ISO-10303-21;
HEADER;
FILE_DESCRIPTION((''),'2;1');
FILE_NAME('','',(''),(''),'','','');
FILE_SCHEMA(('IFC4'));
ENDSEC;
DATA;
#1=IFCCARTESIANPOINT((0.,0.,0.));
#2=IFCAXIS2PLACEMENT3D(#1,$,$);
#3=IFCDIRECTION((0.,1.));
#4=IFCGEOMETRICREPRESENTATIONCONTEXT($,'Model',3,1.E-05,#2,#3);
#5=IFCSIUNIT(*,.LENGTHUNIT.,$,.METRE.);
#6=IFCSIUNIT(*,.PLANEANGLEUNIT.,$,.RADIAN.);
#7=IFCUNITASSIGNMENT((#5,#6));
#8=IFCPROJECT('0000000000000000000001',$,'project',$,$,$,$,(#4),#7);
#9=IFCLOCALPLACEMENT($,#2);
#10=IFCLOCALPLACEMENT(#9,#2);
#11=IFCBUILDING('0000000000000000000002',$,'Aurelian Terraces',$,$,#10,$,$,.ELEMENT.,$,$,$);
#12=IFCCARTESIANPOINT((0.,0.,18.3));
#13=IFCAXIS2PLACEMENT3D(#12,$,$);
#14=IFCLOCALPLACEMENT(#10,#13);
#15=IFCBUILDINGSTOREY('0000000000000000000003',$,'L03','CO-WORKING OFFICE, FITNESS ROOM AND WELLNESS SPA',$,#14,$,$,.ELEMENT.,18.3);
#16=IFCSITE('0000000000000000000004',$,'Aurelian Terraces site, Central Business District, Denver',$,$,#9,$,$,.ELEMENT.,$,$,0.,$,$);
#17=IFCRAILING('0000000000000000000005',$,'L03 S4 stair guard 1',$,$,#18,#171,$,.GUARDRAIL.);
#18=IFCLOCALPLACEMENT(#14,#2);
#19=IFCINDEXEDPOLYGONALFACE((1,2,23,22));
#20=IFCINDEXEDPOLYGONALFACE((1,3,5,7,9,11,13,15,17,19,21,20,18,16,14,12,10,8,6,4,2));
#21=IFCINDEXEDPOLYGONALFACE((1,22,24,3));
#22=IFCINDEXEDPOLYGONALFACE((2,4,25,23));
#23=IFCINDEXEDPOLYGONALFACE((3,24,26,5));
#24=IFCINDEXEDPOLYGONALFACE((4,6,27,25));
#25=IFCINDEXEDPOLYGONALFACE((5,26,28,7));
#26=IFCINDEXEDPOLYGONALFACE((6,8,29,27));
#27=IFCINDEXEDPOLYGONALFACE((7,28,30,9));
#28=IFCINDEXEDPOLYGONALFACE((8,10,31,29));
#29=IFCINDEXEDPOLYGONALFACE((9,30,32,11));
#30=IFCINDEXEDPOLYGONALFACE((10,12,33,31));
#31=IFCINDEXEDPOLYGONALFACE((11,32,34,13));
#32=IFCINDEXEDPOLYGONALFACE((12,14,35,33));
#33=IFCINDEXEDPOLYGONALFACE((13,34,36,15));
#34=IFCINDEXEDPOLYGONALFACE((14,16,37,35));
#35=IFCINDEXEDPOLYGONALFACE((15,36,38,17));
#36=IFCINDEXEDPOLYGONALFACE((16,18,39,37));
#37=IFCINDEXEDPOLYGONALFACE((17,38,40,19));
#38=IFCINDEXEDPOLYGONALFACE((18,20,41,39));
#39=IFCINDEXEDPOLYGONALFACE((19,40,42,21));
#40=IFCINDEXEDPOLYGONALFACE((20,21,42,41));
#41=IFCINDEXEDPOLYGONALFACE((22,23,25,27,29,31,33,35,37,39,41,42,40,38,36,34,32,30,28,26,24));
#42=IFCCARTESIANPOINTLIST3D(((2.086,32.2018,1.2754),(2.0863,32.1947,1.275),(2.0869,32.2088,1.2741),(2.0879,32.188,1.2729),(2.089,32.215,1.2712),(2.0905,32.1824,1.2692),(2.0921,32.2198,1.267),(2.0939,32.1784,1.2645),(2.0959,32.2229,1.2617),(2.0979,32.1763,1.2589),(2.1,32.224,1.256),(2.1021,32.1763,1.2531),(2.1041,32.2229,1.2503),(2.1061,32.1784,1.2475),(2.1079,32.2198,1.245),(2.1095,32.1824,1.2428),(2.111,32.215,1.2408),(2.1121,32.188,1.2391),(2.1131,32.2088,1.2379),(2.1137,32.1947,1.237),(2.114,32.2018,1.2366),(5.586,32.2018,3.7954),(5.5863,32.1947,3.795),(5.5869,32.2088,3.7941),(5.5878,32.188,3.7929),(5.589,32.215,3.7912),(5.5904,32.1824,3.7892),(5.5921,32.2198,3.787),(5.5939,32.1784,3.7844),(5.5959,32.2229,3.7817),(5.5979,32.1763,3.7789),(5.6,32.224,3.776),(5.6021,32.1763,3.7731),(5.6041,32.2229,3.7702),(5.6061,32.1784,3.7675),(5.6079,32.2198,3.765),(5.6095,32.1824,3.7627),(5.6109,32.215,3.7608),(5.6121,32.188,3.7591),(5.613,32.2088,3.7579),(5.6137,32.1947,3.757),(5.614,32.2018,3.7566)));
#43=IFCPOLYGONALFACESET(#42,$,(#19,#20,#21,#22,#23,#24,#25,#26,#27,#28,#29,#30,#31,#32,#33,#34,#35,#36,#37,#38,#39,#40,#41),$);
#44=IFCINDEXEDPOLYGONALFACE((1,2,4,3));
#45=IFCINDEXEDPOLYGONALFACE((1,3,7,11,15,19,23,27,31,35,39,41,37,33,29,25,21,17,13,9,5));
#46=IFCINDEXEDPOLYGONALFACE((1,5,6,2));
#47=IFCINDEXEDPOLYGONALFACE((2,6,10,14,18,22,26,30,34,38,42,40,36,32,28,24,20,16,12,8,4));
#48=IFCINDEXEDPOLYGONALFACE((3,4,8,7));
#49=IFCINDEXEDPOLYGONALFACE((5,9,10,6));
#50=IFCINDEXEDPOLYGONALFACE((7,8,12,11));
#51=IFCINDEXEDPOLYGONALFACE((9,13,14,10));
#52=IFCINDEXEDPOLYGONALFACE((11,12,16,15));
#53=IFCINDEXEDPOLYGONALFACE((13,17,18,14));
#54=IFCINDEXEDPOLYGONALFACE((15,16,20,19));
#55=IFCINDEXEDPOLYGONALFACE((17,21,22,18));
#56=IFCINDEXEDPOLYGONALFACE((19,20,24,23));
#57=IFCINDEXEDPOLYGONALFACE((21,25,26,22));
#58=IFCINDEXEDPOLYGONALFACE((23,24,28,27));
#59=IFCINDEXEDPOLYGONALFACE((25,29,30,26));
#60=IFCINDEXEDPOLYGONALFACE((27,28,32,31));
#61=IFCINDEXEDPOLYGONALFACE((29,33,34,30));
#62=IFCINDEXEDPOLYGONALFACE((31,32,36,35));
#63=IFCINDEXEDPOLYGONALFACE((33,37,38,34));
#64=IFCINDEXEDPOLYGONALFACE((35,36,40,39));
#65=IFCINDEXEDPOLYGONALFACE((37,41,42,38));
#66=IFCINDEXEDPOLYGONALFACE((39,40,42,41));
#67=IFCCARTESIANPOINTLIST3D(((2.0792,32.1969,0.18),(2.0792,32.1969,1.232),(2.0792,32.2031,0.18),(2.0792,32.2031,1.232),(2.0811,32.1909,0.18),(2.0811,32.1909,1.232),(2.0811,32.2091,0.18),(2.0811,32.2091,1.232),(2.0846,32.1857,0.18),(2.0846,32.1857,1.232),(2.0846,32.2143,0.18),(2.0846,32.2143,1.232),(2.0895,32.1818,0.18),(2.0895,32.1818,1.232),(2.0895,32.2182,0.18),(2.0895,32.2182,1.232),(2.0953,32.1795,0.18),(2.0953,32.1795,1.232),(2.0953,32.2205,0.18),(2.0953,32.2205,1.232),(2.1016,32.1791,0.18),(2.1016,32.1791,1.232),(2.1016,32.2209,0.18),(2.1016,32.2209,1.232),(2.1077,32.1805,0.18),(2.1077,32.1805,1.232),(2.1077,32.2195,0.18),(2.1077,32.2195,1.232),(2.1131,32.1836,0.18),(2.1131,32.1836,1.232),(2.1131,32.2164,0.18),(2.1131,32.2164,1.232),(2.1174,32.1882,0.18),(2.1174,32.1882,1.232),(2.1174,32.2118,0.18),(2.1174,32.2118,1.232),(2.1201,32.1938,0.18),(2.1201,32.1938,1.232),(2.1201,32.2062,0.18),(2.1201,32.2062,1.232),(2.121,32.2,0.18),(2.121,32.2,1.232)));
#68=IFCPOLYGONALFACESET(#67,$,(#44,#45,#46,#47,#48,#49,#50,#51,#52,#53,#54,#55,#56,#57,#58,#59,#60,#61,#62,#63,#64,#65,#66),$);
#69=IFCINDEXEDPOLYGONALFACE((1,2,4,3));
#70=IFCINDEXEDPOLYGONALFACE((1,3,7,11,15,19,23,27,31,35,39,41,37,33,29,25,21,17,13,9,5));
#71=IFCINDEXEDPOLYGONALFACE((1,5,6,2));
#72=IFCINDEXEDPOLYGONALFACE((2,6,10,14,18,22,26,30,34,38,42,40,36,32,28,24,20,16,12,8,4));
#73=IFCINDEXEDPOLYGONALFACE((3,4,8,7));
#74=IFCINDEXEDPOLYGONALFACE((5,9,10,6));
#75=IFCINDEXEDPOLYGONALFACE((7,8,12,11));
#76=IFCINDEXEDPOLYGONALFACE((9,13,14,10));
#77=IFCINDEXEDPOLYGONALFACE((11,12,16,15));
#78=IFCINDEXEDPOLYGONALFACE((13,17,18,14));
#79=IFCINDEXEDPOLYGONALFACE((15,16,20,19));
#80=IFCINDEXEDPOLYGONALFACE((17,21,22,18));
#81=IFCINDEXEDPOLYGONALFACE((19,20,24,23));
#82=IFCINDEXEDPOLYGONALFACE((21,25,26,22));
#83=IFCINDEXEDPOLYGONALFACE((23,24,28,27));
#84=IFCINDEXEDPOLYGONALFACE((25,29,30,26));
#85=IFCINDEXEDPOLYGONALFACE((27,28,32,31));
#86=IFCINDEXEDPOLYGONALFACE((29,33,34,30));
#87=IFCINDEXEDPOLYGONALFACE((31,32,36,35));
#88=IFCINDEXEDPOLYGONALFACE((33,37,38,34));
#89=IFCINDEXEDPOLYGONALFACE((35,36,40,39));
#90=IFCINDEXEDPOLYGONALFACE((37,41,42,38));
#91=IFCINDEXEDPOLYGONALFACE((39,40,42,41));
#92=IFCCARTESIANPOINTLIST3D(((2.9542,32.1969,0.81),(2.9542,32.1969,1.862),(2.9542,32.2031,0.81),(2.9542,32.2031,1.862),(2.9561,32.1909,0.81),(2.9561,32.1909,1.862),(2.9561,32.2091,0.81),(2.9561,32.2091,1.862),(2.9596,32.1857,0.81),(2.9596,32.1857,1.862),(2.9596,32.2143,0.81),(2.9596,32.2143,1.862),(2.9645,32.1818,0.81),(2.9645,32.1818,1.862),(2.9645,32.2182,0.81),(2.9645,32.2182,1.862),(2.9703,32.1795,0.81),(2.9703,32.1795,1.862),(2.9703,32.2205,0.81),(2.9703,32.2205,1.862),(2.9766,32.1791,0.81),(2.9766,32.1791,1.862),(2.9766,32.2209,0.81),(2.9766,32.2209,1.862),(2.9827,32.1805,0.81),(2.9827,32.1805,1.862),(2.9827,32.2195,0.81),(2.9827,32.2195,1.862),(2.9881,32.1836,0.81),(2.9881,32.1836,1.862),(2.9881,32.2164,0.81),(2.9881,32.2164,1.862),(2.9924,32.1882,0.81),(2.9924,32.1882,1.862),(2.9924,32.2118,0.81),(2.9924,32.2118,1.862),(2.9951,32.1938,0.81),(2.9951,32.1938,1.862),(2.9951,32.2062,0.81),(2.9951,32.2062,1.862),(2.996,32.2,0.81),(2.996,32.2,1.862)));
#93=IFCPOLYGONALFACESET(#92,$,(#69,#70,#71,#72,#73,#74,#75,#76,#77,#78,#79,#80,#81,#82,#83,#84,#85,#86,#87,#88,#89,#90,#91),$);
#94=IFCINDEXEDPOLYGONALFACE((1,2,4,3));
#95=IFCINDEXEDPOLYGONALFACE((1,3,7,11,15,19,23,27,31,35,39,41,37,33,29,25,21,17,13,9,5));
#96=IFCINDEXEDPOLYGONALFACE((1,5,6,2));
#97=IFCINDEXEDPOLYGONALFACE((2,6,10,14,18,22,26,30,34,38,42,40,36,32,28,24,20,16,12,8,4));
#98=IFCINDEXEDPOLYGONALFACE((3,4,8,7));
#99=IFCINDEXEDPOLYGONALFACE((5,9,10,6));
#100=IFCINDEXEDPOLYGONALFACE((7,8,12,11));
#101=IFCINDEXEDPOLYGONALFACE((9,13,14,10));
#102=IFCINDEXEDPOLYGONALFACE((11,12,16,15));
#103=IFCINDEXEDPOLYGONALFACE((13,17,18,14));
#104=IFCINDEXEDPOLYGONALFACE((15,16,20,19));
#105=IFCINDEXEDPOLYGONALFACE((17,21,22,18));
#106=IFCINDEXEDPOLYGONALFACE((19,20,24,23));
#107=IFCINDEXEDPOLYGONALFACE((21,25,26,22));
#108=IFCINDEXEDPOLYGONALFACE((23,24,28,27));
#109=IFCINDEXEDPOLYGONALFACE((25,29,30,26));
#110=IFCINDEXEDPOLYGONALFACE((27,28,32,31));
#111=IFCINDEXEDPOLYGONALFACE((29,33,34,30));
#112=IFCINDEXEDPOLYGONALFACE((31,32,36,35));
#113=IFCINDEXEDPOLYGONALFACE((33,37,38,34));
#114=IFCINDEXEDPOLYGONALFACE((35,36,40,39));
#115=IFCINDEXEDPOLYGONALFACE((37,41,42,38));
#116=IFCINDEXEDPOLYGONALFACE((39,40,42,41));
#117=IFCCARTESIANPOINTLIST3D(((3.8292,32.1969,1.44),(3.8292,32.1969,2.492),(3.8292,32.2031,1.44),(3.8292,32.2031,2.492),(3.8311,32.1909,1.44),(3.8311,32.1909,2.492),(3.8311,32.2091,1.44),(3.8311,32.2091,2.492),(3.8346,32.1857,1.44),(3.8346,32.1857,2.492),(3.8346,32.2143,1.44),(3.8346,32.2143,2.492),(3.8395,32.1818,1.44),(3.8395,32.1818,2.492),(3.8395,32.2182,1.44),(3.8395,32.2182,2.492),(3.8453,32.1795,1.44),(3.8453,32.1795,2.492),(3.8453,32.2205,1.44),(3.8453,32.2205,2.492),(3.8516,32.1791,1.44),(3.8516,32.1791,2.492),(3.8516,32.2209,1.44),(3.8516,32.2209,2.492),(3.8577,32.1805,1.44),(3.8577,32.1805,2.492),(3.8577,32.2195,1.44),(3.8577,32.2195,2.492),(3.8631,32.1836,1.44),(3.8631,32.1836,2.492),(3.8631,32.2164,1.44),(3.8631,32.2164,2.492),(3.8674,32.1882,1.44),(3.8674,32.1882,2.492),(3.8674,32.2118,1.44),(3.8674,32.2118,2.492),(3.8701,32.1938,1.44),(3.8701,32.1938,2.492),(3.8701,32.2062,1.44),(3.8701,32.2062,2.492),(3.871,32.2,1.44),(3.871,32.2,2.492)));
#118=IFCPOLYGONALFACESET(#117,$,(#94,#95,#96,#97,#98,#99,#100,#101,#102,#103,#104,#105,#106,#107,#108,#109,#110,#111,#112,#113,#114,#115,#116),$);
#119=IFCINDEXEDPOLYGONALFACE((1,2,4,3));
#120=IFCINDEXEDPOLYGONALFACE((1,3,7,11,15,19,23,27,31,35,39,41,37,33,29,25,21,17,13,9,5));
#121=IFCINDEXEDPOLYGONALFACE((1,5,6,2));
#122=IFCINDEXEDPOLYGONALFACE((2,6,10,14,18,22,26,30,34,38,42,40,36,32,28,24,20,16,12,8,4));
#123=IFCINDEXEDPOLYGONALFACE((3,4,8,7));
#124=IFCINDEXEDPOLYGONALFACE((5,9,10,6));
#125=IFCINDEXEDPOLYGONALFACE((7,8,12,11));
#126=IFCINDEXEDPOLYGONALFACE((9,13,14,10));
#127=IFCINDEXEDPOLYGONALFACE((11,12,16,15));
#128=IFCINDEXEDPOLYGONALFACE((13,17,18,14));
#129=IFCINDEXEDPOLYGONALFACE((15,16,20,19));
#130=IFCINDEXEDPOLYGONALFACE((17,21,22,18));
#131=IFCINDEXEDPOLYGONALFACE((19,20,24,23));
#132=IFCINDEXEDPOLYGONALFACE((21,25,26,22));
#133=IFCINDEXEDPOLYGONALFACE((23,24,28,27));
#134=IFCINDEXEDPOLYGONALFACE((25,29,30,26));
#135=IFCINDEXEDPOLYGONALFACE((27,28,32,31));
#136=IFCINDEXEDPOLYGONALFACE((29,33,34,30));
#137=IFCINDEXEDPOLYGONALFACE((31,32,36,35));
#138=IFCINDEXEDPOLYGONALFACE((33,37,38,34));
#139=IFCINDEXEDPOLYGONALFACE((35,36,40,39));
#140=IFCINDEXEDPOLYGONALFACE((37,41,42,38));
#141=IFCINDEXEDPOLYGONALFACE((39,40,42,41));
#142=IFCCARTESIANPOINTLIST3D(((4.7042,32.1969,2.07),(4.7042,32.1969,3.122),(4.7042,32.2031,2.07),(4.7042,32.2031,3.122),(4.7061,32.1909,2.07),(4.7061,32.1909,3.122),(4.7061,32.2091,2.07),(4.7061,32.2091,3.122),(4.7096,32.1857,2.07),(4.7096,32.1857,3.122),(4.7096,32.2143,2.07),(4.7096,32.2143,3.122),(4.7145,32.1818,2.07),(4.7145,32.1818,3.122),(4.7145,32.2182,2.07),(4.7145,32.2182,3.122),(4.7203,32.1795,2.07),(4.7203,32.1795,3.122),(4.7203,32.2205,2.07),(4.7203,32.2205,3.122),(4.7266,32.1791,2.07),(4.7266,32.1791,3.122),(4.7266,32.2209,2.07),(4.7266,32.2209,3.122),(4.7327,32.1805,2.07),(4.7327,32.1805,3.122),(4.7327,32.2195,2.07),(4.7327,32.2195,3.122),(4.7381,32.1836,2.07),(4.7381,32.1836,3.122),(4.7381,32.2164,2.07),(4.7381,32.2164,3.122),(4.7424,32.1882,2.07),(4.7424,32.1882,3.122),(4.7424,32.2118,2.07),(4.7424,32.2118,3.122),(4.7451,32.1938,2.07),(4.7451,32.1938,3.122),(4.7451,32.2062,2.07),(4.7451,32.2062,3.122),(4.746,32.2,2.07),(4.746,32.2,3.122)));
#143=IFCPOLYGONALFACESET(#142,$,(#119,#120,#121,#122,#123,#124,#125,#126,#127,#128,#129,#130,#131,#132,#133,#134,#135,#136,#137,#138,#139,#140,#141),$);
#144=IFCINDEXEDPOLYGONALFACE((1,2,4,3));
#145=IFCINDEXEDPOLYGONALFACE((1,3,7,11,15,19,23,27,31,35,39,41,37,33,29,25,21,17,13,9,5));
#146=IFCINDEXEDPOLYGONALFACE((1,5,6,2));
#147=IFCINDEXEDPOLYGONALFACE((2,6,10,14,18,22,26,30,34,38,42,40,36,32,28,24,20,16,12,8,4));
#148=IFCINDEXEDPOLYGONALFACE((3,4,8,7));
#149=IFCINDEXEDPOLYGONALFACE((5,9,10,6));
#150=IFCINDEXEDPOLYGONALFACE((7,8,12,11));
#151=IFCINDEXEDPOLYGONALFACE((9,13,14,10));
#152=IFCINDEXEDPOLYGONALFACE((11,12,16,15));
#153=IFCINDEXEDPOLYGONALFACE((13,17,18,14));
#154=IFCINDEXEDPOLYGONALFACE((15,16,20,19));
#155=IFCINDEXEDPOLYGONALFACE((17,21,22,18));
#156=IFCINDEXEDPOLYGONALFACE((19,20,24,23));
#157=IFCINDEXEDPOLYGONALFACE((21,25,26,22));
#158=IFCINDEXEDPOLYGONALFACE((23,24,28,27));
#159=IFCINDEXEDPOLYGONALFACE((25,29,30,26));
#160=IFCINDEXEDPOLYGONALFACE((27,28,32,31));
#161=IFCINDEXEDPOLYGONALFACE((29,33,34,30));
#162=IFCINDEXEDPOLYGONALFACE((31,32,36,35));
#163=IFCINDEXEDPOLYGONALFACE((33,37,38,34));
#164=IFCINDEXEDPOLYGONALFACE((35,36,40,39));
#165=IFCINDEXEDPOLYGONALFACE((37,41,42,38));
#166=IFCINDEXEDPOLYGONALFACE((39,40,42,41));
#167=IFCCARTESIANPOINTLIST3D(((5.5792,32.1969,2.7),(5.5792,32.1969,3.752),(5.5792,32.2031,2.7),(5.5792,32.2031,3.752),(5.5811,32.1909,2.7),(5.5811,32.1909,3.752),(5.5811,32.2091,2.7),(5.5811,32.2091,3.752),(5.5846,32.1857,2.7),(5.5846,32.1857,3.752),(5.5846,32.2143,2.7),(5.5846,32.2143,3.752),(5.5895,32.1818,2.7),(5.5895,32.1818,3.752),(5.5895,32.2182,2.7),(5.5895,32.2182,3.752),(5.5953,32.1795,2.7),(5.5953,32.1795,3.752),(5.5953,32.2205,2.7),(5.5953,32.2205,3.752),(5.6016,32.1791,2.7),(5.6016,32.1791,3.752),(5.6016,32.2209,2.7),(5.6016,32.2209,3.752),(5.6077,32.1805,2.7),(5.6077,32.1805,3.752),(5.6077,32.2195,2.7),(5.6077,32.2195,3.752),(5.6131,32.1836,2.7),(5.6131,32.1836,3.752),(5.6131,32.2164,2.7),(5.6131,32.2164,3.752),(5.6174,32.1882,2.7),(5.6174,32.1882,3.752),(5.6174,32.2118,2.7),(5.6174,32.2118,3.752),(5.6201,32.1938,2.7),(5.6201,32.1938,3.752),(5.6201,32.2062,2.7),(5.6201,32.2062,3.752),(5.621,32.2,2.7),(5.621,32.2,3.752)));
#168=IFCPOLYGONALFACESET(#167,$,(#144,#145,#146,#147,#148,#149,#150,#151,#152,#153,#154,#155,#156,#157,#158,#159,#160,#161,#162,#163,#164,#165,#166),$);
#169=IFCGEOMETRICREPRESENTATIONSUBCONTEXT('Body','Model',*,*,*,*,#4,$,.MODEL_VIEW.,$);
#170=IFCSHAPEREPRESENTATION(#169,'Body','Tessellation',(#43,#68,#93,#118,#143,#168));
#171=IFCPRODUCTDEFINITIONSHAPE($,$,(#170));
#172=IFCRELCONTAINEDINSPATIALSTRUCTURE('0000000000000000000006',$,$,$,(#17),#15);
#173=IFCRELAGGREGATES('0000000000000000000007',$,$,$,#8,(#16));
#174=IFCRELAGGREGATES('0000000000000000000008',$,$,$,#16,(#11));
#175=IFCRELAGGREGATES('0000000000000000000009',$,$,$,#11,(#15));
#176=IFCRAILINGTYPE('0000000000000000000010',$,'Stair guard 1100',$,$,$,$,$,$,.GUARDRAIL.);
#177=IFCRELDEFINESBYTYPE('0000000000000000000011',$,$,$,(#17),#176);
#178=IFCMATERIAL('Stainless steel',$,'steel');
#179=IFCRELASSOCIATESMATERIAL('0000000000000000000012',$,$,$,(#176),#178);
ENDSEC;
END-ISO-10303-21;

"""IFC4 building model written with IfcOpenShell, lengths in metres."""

from ifc_helpers import new_model, si_unit, direction, frame, origin, origin_2d, place, context, subcontext, project, spatial, circle, extrude, source, transform, mapped, material, type_object, element, save


model = new_model("IFC4")

# Units and contexts
model_context = context("Model", 3, precision=1e-05, world=origin(), true_north=direction((0.0, 1.0)))
body_context = subcontext(model_context, "Body", "Model", "MODEL_VIEW")
ifc_project = project(units=[si_unit("LENGTHUNIT", "METRE"), si_unit("PLANEANGLEUNIT", "RADIAN")], contexts=[model_context])

# Site, building, storey
site_placement = place(None, origin())
site = spatial("IfcSite", under=ifc_project, at=site_placement, Name="Aurelian Terraces site, Central Business District, Denver", CompositionType="ELEMENT", RefElevation=0.0)
building_placement = place(site_placement, origin())
building = spatial("IfcBuilding", under=site, at=building_placement, Name="Aurelian Terraces", CompositionType="ELEMENT")
storey_placement = place(building_placement, frame((0.0, 0.0, 18.3)))
storey = spatial("IfcBuildingStorey", under=building, at=storey_placement, Name="L03", Description="CO-WORKING OFFICE, FITNESS ROOM AND WELLNESS SPA", CompositionType="ELEMENT", Elevation=18.3)

# Railing
ifc_material_1 = material(Name="Stainless steel", Category="steel")
railing_type_1 = type_object("IfcRailingType", Name="Stair guard 1100", PredefinedType="GUARDRAIL", material=ifc_material_1)
shared_shape_1 = source(origin(), body_context, "Body", "SweptSolid", [
    extrude(circle(Radius=0.024, at=origin_2d()), frame((0.0, 0.0, 1.076), z_axis=(0.811534, 0.0, 0.584305), x_axis=(0.0, 1.0, 0.0)), (0.0, 0.0, 1.0), 4.3128),
    extrude(circle(Radius=0.021, at=origin_2d()), origin(), (0.0, 0.0, 1.0), 1.052),
    extrude(circle(Radius=0.021, at=origin_2d()), frame((0.875, 0.0, 0.63)), (0.0, 0.0, 1.0), 1.052),
    extrude(circle(Radius=0.021, at=origin_2d()), frame((1.75, 0.0, 1.26)), (0.0, 0.0, 1.0), 1.052),
    extrude(circle(Radius=0.021, at=origin_2d()), frame((2.625, 0.0, 1.89)), (0.0, 0.0, 1.0), 1.052),
    extrude(circle(Radius=0.021, at=origin_2d()), frame((3.5, 0.0, 2.52)), (0.0, 0.0, 1.0), 1.052),
])
for number, where, name in (
    (1, (2.1, 32.2, 0.18), "L03 S4 stair guard 1"),
):
    element("IfcRailing", number, at=place(storey_placement, frame(where)), inside=storey, type_object=railing_type_1, Name=name, PredefinedType="GUARDRAIL", context=body_context, shape_type="MappedRepresentation", body=[
        mapped(shared_shape_1, transform((0.0, 0.0, 0.0), scale=1.0)),
    ])

save(model, "model.ifc")
